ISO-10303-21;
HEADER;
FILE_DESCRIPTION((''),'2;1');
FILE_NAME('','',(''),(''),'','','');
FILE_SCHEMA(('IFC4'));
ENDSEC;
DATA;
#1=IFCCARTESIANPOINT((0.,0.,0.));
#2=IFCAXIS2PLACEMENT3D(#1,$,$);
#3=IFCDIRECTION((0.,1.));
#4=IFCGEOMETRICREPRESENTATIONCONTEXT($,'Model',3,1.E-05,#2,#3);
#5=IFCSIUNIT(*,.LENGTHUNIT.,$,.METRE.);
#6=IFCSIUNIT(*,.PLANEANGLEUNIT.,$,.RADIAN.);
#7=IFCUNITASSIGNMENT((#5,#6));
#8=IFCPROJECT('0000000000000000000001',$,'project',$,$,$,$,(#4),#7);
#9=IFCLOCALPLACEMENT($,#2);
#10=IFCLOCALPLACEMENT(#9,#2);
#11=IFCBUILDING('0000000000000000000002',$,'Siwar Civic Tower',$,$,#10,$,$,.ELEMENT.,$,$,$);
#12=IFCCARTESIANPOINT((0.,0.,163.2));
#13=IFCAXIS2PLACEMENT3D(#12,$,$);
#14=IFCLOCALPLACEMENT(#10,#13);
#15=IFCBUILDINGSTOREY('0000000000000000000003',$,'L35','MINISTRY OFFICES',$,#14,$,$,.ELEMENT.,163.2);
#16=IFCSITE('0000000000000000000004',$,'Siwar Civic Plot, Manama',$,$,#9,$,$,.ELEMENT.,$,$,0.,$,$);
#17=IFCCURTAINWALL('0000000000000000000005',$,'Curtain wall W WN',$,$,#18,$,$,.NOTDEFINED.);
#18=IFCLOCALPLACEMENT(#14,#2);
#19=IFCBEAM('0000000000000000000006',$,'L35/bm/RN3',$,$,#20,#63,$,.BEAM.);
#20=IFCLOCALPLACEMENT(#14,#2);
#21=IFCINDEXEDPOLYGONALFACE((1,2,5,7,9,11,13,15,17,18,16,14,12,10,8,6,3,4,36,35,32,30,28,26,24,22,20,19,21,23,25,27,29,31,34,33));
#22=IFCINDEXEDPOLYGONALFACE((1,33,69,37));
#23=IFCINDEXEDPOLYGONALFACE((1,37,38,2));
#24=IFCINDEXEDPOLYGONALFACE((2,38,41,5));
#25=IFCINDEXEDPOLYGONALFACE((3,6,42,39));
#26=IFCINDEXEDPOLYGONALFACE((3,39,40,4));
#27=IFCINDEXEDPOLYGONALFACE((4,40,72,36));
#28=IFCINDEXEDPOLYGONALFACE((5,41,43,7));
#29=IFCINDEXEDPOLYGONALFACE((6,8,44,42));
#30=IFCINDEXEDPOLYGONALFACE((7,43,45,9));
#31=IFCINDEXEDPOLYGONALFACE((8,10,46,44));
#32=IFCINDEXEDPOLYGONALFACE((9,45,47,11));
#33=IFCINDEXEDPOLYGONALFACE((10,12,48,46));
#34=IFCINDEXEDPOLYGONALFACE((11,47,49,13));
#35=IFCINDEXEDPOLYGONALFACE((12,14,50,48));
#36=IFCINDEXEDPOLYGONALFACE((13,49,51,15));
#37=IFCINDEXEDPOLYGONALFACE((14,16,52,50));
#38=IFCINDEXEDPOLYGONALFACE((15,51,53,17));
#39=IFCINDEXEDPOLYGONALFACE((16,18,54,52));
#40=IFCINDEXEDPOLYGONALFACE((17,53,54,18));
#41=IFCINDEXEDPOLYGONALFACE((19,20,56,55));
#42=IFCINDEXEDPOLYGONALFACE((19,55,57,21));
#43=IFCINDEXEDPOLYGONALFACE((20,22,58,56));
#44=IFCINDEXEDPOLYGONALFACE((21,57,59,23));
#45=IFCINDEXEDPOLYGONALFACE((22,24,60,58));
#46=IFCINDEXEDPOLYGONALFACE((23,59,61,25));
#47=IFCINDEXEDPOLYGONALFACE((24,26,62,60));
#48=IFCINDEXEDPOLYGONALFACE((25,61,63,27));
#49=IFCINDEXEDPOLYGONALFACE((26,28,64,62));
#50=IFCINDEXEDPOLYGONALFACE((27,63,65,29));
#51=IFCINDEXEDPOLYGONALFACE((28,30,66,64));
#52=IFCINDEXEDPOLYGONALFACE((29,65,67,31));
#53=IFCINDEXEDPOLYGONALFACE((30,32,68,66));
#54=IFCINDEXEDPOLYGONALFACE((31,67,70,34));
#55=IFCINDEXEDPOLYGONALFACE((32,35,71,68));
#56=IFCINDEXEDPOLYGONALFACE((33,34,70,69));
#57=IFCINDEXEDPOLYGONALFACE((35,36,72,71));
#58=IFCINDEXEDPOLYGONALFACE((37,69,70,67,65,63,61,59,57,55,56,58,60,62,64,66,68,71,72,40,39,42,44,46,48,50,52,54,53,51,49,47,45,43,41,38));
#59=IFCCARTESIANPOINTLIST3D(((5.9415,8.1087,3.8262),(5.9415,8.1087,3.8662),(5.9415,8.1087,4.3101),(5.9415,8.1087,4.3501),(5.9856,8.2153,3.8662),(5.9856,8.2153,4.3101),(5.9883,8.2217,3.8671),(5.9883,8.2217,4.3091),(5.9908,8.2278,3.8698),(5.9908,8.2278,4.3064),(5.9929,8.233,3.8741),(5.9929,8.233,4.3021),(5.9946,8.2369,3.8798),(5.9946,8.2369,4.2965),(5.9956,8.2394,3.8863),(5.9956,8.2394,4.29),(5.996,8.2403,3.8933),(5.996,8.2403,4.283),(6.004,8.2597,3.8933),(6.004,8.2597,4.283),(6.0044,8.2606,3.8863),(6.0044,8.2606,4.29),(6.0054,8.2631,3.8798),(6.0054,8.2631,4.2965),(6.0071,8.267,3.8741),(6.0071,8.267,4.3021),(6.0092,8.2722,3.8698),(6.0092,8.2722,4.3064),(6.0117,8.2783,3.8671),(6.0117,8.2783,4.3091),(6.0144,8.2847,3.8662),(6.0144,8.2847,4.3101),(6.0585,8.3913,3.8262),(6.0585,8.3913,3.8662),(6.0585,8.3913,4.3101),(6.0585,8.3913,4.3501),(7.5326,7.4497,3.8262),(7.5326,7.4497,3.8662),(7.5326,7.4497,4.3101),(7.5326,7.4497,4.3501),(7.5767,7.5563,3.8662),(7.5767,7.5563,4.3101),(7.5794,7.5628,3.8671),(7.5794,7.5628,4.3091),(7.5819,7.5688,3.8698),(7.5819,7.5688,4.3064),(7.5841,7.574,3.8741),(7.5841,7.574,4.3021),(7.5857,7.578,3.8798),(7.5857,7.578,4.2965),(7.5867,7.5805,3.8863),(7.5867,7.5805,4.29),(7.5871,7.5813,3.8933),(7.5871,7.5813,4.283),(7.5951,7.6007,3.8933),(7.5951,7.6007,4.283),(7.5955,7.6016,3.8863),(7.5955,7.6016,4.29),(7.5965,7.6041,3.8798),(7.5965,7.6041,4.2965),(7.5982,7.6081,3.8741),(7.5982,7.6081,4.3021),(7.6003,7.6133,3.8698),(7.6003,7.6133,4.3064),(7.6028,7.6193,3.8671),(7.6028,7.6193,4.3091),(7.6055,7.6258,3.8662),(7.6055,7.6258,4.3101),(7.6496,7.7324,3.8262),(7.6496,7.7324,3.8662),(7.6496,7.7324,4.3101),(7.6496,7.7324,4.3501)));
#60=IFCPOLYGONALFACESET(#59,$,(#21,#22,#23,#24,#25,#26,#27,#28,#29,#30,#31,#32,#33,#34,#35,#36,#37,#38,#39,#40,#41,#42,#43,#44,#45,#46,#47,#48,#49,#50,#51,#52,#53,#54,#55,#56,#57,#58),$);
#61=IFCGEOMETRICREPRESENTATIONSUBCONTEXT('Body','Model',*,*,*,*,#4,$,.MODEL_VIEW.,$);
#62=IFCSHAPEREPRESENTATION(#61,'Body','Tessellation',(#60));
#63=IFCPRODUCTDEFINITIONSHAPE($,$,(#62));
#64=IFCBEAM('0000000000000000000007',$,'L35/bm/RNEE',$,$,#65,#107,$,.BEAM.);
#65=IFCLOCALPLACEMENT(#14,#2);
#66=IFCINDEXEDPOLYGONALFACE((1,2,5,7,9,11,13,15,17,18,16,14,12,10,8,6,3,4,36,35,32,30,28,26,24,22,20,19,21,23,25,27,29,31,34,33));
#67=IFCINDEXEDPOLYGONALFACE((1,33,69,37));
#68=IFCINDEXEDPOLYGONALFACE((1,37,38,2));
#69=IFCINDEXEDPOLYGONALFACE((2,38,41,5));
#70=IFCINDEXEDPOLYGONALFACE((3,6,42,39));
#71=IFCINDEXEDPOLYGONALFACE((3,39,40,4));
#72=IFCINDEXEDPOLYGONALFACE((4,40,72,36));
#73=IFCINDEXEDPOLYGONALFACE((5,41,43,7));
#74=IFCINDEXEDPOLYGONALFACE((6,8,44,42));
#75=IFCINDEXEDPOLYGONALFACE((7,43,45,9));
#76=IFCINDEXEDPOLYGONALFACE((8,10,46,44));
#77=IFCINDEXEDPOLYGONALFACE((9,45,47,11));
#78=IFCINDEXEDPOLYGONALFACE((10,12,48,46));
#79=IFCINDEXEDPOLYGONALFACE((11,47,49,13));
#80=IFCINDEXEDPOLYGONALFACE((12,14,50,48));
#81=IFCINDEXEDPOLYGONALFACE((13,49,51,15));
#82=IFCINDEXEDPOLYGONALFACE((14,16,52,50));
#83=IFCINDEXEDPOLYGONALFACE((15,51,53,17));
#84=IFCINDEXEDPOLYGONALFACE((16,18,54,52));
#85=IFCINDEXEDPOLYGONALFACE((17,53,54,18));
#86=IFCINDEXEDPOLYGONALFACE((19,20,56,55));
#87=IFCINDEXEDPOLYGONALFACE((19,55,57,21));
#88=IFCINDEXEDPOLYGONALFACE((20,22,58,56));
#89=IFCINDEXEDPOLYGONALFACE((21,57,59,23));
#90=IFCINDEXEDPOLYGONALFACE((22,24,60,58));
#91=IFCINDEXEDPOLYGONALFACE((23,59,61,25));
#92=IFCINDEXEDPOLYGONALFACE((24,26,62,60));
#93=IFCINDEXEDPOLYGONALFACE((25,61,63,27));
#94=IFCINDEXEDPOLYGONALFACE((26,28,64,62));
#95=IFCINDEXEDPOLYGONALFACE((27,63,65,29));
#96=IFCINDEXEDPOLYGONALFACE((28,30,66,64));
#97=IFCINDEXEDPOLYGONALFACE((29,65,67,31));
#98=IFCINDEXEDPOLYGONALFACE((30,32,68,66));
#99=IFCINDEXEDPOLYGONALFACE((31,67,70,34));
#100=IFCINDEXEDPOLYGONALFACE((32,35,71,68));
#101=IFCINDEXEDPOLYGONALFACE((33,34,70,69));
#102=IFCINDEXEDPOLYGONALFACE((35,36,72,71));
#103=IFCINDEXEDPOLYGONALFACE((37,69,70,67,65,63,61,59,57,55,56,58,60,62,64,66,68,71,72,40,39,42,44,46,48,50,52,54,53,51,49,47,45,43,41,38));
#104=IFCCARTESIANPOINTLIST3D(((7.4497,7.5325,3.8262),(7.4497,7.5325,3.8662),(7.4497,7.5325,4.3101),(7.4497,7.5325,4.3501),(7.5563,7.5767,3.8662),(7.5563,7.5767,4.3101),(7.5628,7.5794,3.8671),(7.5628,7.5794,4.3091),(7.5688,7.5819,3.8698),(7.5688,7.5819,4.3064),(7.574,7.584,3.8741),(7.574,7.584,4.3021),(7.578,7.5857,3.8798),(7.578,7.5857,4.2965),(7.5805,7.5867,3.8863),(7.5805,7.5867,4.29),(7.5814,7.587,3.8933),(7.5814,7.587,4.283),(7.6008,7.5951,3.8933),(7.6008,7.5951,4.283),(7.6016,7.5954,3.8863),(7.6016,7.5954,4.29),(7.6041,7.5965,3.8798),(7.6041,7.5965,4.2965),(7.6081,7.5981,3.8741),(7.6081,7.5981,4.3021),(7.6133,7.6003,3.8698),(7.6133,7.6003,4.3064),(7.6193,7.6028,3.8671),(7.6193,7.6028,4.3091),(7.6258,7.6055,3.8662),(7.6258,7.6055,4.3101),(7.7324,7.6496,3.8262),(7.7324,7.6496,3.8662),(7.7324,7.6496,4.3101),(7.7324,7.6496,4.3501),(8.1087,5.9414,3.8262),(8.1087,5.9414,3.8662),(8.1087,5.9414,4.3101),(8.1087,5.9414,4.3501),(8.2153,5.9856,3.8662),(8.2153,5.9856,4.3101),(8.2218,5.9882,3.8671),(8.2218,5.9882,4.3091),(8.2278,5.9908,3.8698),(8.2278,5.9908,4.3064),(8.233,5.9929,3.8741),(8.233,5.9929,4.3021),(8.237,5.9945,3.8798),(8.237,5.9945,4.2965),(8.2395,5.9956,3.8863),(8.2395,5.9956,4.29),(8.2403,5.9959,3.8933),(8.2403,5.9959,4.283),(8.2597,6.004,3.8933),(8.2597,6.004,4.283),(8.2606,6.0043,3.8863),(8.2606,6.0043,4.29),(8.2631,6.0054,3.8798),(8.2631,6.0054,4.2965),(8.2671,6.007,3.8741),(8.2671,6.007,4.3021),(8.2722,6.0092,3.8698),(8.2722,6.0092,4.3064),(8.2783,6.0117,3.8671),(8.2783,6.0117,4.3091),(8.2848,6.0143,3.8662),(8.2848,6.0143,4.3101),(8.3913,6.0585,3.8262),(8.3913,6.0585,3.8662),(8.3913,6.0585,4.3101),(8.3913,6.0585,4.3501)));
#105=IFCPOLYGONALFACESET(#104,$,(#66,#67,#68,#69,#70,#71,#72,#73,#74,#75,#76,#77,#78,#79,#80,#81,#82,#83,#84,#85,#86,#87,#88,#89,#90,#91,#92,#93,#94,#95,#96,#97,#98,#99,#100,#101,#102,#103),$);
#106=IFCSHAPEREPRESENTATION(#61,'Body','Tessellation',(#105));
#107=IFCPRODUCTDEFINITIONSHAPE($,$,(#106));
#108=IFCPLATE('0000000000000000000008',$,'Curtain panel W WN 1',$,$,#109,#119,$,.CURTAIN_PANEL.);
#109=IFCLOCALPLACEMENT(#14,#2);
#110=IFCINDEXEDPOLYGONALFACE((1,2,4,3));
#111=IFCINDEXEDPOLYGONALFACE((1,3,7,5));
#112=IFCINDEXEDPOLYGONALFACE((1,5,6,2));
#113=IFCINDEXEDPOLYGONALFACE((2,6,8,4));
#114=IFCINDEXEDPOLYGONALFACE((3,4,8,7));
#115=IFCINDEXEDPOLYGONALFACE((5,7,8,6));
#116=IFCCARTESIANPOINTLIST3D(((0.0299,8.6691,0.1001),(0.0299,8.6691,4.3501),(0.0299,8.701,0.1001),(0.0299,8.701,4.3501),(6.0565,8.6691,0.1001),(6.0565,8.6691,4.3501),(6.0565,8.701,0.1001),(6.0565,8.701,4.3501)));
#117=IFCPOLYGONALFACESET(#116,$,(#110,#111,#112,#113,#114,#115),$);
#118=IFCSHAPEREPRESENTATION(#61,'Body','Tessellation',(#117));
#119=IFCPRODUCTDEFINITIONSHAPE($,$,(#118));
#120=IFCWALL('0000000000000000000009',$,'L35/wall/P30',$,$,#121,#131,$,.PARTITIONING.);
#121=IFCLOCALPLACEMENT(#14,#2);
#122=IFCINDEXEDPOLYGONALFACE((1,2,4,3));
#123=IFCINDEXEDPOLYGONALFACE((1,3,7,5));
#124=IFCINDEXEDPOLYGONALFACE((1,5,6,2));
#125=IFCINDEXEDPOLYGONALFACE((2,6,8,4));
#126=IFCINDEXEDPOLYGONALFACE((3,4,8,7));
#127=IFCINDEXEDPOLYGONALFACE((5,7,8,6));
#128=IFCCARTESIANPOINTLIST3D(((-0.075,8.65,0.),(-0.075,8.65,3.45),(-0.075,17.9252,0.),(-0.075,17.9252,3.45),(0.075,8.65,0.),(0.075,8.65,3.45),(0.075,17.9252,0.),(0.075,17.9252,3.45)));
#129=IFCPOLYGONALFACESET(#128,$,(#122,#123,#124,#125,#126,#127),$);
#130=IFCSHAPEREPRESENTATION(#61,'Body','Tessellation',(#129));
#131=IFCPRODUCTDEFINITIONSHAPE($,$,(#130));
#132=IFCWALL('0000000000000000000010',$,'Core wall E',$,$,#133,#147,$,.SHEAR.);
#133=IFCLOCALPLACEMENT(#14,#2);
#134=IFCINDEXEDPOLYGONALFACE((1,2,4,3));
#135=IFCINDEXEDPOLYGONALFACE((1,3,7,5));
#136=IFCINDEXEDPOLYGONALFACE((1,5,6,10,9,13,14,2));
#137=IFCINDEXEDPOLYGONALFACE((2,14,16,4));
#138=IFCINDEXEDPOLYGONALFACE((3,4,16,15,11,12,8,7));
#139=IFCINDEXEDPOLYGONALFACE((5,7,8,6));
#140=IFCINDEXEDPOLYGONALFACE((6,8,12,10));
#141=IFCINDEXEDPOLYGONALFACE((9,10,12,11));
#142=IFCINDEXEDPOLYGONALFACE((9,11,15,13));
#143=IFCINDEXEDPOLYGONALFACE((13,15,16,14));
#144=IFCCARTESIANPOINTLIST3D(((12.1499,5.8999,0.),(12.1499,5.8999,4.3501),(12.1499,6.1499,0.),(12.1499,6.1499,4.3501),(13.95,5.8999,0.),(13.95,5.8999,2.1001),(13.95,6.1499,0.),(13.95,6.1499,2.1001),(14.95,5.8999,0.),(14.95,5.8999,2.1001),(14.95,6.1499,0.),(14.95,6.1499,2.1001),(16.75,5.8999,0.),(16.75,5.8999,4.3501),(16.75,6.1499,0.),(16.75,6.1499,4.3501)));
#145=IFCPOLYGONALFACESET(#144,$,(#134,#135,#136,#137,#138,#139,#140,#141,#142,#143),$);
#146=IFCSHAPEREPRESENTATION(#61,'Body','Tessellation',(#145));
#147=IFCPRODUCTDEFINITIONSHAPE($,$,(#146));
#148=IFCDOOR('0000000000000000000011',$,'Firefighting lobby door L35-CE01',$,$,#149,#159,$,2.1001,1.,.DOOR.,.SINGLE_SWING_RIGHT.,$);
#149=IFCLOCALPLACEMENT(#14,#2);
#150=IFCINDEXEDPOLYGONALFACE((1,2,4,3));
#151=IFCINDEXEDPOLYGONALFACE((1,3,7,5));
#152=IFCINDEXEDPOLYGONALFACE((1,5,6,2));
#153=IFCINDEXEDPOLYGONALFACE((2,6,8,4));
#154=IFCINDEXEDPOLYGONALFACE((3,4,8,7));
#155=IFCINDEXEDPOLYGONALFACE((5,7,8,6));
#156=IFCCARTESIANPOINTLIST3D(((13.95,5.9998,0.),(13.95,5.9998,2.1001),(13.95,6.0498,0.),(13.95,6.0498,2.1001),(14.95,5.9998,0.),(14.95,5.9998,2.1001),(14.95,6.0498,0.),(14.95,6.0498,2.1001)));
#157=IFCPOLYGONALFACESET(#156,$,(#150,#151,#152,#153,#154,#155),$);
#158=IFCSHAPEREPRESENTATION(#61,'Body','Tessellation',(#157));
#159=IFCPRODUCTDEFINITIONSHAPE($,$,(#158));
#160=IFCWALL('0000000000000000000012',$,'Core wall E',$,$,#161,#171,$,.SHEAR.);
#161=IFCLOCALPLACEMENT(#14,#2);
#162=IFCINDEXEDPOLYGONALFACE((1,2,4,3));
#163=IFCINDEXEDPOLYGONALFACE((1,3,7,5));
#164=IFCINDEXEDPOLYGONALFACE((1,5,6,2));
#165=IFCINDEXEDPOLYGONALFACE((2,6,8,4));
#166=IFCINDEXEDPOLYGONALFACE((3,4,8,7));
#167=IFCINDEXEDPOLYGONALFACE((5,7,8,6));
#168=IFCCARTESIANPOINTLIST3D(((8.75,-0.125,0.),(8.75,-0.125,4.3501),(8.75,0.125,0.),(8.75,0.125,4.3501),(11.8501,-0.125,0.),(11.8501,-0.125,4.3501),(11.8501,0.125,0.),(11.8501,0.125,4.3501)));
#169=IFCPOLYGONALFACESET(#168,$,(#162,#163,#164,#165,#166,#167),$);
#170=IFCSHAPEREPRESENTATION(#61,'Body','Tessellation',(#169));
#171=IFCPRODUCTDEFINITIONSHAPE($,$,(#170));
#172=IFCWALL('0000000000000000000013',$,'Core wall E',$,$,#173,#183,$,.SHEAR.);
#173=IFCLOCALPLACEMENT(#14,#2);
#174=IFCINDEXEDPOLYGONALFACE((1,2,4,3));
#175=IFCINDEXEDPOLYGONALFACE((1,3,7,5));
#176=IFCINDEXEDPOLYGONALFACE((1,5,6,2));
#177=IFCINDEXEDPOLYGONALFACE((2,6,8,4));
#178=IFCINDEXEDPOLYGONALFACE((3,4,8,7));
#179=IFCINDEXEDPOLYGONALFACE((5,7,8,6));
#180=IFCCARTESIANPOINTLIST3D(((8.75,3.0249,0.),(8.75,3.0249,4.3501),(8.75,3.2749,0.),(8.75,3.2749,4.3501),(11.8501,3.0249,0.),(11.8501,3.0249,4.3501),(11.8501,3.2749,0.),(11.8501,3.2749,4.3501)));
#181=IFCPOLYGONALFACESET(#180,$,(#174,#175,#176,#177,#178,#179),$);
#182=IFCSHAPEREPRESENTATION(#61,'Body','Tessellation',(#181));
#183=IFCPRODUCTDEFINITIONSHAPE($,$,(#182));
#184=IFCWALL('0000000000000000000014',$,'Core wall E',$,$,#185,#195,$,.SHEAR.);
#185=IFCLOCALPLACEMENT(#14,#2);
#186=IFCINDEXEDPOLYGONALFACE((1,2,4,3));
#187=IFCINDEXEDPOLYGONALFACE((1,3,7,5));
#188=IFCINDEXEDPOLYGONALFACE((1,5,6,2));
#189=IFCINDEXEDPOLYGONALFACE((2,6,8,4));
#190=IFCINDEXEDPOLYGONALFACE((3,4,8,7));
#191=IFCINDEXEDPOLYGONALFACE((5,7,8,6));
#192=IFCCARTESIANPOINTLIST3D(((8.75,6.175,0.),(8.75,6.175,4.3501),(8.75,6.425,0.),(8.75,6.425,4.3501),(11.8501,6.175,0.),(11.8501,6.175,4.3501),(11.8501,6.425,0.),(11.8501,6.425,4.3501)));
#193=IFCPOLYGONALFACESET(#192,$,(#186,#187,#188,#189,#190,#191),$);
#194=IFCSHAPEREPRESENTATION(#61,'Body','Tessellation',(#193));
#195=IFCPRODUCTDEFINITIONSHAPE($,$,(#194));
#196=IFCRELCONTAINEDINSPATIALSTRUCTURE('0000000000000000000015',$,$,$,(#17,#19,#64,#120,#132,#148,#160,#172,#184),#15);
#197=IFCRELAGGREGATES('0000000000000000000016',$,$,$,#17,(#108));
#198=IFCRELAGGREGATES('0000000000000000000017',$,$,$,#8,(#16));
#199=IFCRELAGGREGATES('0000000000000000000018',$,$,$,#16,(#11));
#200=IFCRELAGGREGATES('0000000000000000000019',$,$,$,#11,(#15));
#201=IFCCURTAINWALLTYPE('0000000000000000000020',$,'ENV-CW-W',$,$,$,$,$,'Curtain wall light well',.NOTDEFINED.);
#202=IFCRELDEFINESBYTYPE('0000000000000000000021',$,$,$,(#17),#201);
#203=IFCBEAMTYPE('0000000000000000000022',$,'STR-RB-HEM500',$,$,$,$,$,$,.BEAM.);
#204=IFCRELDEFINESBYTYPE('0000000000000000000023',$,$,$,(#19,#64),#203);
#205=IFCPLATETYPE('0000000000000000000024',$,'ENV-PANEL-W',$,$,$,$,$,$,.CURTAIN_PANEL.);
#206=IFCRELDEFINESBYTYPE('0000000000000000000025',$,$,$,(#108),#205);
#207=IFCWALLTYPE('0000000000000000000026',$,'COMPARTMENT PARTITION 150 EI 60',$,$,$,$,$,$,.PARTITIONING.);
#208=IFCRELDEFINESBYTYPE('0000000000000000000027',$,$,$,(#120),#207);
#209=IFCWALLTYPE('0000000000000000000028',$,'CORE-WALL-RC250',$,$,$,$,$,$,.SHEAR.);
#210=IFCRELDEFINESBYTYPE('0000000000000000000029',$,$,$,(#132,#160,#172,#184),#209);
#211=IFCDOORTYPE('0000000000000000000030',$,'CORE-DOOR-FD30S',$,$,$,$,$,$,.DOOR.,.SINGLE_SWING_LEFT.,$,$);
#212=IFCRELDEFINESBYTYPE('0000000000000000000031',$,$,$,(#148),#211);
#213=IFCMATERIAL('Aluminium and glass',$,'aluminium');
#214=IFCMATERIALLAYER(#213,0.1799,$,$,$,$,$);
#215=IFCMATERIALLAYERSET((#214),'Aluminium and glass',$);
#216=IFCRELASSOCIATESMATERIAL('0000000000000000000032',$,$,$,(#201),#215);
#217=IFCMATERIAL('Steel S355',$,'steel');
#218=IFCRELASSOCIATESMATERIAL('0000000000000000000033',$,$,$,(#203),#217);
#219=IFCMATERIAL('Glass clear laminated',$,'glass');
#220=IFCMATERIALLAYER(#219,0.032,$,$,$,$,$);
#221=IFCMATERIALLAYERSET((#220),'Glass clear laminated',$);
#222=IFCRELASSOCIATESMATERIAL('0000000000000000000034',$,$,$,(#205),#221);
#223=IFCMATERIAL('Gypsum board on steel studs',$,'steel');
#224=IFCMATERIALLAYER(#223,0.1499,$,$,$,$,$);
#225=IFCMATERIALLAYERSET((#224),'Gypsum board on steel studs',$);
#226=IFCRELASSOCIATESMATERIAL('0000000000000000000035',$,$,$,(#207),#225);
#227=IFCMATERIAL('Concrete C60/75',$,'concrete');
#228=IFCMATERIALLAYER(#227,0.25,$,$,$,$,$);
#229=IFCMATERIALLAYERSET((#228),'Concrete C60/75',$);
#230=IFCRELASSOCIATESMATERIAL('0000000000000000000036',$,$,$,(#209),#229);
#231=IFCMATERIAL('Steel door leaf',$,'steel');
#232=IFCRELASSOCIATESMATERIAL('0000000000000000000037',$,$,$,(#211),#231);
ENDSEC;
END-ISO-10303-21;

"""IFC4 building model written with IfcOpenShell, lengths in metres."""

from ifc_helpers import new_model, si_unit, direction, frame, frame_2d, origin, origin_2d, place, context, subcontext, project, spatial, rectangle, i_section, extrude, material, layer, layer_set, material_profile, profile_set, type_object, element, fill, aggregate, save


model = new_model("IFC4")

# Units and contexts
model_context = context("Model", 3, precision=1e-05, world=origin(), true_north=direction((0.0, 1.0)))
body_context = subcontext(model_context, "Body", "Model", "MODEL_VIEW")
ifc_project = project(units=[si_unit("LENGTHUNIT", "METRE"), si_unit("PLANEANGLEUNIT", "RADIAN")], contexts=[model_context])

# Site, building, storey
site_placement = place(None, origin())
site = spatial("IfcSite", under=ifc_project, at=site_placement, Name="Siwar Civic Plot, Manama", CompositionType="ELEMENT", RefElevation=0.0)
building_placement = place(site_placement, origin())
building = spatial("IfcBuilding", under=site, at=building_placement, Name="Siwar Civic Tower", CompositionType="ELEMENT")
storey_placement = place(building_placement, frame((0.0, 0.0, 163.2)))
storey = spatial("IfcBuildingStorey", under=building, at=storey_placement, Name="L35", Description="MINISTRY OFFICES", CompositionType="ELEMENT", Elevation=163.2)

# Curtain wall
ifc_material_1 = material(Name="Aluminium and glass", Category="aluminium")
ifc_layer_1 = layer(ifc_material_1, 0.1799)
ifc_layer_set_1 = layer_set([ifc_layer_1], Name="Aluminium and glass")
curtain_wall_type = type_object("IfcCurtainWallType", Name="ENV-CW-W", ElementType="Curtain wall light well", PredefinedType="NOTDEFINED", material=ifc_layer_set_1)
curtain_wall_placement = place(storey_placement, origin())
curtain_wall = element("IfcCurtainWall", 1, at=curtain_wall_placement, inside=storey, type_object=curtain_wall_type, Name="Curtain wall W WN", PredefinedType="NOTDEFINED")

# Beams
ifc_material_2 = material(Name="Steel S355", Category="steel")
ifc_material_profile_1 = material_profile(ifc_material_2, i_section(OverallWidth=0.3059, OverallDepth=0.5239, WebThickness=0.021, FlangeThickness=0.04, FilletRadius=0.0271, at=origin_2d()), Name="HEM500")
ifc_profile_set_1 = profile_set([ifc_material_profile_1], Name="Steel S355")
beam_type_1 = type_object("IfcBeamType", Name="STR-RB-HEM500", PredefinedType="BEAM", material=ifc_profile_set_1)
for number, where, z_axis, x_axis, name in (
    (2, (6.0, 8.25, 4.0881), (0.923901, -0.382631, 0.0), (0.382631, 0.923901, 0.0), "L35/bm/RN3"),
    (3, (7.5911, 7.5911, 4.0881), (0.382631, -0.923901, 0.0), (0.923901, 0.382631, 0.0), "L35/bm/RNEE"),
):
    element("IfcBeam", number, at=place(storey_placement, frame(where, z_axis=z_axis, x_axis=x_axis)), inside=storey, type_object=beam_type_1, Name=name, PredefinedType="BEAM", context=body_context, shape_type="SweptSolid", body=[
        extrude(i_section(OverallWidth=0.3059, OverallDepth=0.5239, WebThickness=0.021, FlangeThickness=0.04, FilletRadius=0.0271, at=origin_2d()), origin(), (0.0, 0.0, 1.0), 1.7222),
    ])

# Plate
ifc_material_3 = material(Name="Glass clear laminated", Category="glass")
ifc_layer_2 = layer(ifc_material_3, 0.032)
ifc_layer_set_2 = layer_set([ifc_layer_2], Name="Glass clear laminated")
plate_type = type_object("IfcPlateType", Name="ENV-PANEL-W", PredefinedType="CURTAIN_PANEL", material=ifc_layer_set_2)
plate_placement = place(storey_placement, frame((3.0432, 8.6851, 0.1001), z_axis=(0.0, 0.0, 1.0), x_axis=(-1.0, 0.0, 0.0)))
plate = element("IfcPlate", 4, at=plate_placement, type_object=plate_type, Name="Curtain panel W WN 1", PredefinedType="CURTAIN_PANEL", context=body_context, shape_type="SweptSolid", body=[
    extrude(rectangle(XDim=6.0266, YDim=0.032, at=origin_2d()), origin(), (0.0, 0.0, 1.0), 4.25),
])
aggregate(curtain_wall, [plate])

# Wall
ifc_material_4 = material(Name="Gypsum board on steel studs", Category="steel")
ifc_layer_3 = layer(ifc_material_4, 0.1499)
ifc_layer_set_3 = layer_set([ifc_layer_3], Name="Gypsum board on steel studs")
wall_type_1 = type_object("IfcWallType", Name="COMPARTMENT PARTITION 150 EI 60", PredefinedType="PARTITIONING", material=ifc_layer_set_3)
wall_1_placement = place(storey_placement, frame((0.0, 8.6499, 0.0), z_axis=(0.0, 0.0, 1.0), x_axis=(0.0, 1.0, 0.0)))
element("IfcWall", 5, at=wall_1_placement, inside=storey, type_object=wall_type_1, Name="L35/wall/P30", PredefinedType="PARTITIONING", context=body_context, shape_type="SweptSolid", body=[
    extrude(rectangle(XDim=9.2751, YDim=0.1499, at=frame_2d((4.6377, 0.0))), origin(), (0.0, 0.0, 1.0), 3.45),
])

# Wall, opening, door
ifc_material_5 = material(Name="Concrete C60/75", Category="concrete")
ifc_layer_4 = layer(ifc_material_5, 0.25)
ifc_layer_set_4 = layer_set([ifc_layer_4], Name="Concrete C60/75")
wall_type_2 = type_object("IfcWallType", Name="CORE-WALL-RC250", PredefinedType="SHEAR", material=ifc_layer_set_4)
wall_2_placement = place(storey_placement, frame((12.1499, 6.0249, 0.0), z_axis=(0.0, 0.0, 1.0), x_axis=(1.0, 0.0, 0.0)))
wall_2 = element("IfcWall", 6, at=wall_2_placement, inside=storey, type_object=wall_type_2, Name="Core wall E", PredefinedType="SHEAR", context=body_context, shape_type="SweptSolid", body=[
    extrude(rectangle(XDim=4.6001, YDim=0.25, at=frame_2d((2.3, 0.0))), origin(), (0.0, 0.0, 1.0), 4.3501),
])
opening_1_placement = place(wall_2_placement, frame((1.8, 0.0, 0.0)))
opening_1 = element("IfcOpeningElement", 7, at=opening_1_placement, cuts=wall_2, PredefinedType="OPENING", context=body_context, shape_type="SweptSolid", body=[
    extrude(rectangle(XDim=1.0, YDim=2.1001, at=frame_2d((0.5, 1.05))), frame((0.0, 0.135, 0.0), z_axis=(0.0, -1.0, 0.0), x_axis=(1.0, 0.0, 0.0)), (0.0, 0.0, 1.0), 0.27),
])
ifc_material_6 = material(Name="Steel door leaf", Category="steel")
door_type_1 = type_object("IfcDoorType", Name="CORE-DOOR-FD30S", OperationType="SINGLE_SWING_LEFT", PredefinedType="DOOR", material=ifc_material_6)
door_1_placement = place(opening_1_placement, origin())
door_1 = element("IfcDoor", 8, at=door_1_placement, inside=storey, type_object=door_type_1, Name="Firefighting lobby door L35-CE01", OperationType="SINGLE_SWING_RIGHT", OverallHeight=2.1001, OverallWidth=1.0, PredefinedType="DOOR", context=body_context, shape_type="SweptSolid", body=[
    extrude(rectangle(XDim=1.0, YDim=2.1001, at=frame_2d((0.5, 1.05))), frame((0.0, 0.0249, 0.0), z_axis=(0.0, -1.0, 0.0), x_axis=(1.0, 0.0, 0.0)), (0.0, 0.0, 1.0), 0.05),
])
fill(opening_1, door_1)

# Walls
for number, where, z_axis, x_axis, name in (
    (9, (8.75, 0.0, 0.0), (0.0, 0.0, 1.0), (1.0, 0.0, 0.0), "Core wall E"),
    (10, (8.75, 3.1499, 0.0), (0.0, 0.0, 1.0), (1.0, 0.0, 0.0), "Core wall E"),
    (11, (8.75, 6.3, 0.0), (0.0, 0.0, 1.0), (1.0, 0.0, 0.0), "Core wall E"),
):
    element("IfcWall", number, at=place(storey_placement, frame(where, z_axis=z_axis, x_axis=x_axis)), inside=storey, type_object=wall_type_2, Name=name, PredefinedType="SHEAR", context=body_context, shape_type="SweptSolid", body=[
        extrude(rectangle(XDim=3.1001, YDim=0.25, at=frame_2d((1.55, 0.0))), origin(), (0.0, 0.0, 1.0), 4.3501),
    ])

save(model, "model.ifc")
